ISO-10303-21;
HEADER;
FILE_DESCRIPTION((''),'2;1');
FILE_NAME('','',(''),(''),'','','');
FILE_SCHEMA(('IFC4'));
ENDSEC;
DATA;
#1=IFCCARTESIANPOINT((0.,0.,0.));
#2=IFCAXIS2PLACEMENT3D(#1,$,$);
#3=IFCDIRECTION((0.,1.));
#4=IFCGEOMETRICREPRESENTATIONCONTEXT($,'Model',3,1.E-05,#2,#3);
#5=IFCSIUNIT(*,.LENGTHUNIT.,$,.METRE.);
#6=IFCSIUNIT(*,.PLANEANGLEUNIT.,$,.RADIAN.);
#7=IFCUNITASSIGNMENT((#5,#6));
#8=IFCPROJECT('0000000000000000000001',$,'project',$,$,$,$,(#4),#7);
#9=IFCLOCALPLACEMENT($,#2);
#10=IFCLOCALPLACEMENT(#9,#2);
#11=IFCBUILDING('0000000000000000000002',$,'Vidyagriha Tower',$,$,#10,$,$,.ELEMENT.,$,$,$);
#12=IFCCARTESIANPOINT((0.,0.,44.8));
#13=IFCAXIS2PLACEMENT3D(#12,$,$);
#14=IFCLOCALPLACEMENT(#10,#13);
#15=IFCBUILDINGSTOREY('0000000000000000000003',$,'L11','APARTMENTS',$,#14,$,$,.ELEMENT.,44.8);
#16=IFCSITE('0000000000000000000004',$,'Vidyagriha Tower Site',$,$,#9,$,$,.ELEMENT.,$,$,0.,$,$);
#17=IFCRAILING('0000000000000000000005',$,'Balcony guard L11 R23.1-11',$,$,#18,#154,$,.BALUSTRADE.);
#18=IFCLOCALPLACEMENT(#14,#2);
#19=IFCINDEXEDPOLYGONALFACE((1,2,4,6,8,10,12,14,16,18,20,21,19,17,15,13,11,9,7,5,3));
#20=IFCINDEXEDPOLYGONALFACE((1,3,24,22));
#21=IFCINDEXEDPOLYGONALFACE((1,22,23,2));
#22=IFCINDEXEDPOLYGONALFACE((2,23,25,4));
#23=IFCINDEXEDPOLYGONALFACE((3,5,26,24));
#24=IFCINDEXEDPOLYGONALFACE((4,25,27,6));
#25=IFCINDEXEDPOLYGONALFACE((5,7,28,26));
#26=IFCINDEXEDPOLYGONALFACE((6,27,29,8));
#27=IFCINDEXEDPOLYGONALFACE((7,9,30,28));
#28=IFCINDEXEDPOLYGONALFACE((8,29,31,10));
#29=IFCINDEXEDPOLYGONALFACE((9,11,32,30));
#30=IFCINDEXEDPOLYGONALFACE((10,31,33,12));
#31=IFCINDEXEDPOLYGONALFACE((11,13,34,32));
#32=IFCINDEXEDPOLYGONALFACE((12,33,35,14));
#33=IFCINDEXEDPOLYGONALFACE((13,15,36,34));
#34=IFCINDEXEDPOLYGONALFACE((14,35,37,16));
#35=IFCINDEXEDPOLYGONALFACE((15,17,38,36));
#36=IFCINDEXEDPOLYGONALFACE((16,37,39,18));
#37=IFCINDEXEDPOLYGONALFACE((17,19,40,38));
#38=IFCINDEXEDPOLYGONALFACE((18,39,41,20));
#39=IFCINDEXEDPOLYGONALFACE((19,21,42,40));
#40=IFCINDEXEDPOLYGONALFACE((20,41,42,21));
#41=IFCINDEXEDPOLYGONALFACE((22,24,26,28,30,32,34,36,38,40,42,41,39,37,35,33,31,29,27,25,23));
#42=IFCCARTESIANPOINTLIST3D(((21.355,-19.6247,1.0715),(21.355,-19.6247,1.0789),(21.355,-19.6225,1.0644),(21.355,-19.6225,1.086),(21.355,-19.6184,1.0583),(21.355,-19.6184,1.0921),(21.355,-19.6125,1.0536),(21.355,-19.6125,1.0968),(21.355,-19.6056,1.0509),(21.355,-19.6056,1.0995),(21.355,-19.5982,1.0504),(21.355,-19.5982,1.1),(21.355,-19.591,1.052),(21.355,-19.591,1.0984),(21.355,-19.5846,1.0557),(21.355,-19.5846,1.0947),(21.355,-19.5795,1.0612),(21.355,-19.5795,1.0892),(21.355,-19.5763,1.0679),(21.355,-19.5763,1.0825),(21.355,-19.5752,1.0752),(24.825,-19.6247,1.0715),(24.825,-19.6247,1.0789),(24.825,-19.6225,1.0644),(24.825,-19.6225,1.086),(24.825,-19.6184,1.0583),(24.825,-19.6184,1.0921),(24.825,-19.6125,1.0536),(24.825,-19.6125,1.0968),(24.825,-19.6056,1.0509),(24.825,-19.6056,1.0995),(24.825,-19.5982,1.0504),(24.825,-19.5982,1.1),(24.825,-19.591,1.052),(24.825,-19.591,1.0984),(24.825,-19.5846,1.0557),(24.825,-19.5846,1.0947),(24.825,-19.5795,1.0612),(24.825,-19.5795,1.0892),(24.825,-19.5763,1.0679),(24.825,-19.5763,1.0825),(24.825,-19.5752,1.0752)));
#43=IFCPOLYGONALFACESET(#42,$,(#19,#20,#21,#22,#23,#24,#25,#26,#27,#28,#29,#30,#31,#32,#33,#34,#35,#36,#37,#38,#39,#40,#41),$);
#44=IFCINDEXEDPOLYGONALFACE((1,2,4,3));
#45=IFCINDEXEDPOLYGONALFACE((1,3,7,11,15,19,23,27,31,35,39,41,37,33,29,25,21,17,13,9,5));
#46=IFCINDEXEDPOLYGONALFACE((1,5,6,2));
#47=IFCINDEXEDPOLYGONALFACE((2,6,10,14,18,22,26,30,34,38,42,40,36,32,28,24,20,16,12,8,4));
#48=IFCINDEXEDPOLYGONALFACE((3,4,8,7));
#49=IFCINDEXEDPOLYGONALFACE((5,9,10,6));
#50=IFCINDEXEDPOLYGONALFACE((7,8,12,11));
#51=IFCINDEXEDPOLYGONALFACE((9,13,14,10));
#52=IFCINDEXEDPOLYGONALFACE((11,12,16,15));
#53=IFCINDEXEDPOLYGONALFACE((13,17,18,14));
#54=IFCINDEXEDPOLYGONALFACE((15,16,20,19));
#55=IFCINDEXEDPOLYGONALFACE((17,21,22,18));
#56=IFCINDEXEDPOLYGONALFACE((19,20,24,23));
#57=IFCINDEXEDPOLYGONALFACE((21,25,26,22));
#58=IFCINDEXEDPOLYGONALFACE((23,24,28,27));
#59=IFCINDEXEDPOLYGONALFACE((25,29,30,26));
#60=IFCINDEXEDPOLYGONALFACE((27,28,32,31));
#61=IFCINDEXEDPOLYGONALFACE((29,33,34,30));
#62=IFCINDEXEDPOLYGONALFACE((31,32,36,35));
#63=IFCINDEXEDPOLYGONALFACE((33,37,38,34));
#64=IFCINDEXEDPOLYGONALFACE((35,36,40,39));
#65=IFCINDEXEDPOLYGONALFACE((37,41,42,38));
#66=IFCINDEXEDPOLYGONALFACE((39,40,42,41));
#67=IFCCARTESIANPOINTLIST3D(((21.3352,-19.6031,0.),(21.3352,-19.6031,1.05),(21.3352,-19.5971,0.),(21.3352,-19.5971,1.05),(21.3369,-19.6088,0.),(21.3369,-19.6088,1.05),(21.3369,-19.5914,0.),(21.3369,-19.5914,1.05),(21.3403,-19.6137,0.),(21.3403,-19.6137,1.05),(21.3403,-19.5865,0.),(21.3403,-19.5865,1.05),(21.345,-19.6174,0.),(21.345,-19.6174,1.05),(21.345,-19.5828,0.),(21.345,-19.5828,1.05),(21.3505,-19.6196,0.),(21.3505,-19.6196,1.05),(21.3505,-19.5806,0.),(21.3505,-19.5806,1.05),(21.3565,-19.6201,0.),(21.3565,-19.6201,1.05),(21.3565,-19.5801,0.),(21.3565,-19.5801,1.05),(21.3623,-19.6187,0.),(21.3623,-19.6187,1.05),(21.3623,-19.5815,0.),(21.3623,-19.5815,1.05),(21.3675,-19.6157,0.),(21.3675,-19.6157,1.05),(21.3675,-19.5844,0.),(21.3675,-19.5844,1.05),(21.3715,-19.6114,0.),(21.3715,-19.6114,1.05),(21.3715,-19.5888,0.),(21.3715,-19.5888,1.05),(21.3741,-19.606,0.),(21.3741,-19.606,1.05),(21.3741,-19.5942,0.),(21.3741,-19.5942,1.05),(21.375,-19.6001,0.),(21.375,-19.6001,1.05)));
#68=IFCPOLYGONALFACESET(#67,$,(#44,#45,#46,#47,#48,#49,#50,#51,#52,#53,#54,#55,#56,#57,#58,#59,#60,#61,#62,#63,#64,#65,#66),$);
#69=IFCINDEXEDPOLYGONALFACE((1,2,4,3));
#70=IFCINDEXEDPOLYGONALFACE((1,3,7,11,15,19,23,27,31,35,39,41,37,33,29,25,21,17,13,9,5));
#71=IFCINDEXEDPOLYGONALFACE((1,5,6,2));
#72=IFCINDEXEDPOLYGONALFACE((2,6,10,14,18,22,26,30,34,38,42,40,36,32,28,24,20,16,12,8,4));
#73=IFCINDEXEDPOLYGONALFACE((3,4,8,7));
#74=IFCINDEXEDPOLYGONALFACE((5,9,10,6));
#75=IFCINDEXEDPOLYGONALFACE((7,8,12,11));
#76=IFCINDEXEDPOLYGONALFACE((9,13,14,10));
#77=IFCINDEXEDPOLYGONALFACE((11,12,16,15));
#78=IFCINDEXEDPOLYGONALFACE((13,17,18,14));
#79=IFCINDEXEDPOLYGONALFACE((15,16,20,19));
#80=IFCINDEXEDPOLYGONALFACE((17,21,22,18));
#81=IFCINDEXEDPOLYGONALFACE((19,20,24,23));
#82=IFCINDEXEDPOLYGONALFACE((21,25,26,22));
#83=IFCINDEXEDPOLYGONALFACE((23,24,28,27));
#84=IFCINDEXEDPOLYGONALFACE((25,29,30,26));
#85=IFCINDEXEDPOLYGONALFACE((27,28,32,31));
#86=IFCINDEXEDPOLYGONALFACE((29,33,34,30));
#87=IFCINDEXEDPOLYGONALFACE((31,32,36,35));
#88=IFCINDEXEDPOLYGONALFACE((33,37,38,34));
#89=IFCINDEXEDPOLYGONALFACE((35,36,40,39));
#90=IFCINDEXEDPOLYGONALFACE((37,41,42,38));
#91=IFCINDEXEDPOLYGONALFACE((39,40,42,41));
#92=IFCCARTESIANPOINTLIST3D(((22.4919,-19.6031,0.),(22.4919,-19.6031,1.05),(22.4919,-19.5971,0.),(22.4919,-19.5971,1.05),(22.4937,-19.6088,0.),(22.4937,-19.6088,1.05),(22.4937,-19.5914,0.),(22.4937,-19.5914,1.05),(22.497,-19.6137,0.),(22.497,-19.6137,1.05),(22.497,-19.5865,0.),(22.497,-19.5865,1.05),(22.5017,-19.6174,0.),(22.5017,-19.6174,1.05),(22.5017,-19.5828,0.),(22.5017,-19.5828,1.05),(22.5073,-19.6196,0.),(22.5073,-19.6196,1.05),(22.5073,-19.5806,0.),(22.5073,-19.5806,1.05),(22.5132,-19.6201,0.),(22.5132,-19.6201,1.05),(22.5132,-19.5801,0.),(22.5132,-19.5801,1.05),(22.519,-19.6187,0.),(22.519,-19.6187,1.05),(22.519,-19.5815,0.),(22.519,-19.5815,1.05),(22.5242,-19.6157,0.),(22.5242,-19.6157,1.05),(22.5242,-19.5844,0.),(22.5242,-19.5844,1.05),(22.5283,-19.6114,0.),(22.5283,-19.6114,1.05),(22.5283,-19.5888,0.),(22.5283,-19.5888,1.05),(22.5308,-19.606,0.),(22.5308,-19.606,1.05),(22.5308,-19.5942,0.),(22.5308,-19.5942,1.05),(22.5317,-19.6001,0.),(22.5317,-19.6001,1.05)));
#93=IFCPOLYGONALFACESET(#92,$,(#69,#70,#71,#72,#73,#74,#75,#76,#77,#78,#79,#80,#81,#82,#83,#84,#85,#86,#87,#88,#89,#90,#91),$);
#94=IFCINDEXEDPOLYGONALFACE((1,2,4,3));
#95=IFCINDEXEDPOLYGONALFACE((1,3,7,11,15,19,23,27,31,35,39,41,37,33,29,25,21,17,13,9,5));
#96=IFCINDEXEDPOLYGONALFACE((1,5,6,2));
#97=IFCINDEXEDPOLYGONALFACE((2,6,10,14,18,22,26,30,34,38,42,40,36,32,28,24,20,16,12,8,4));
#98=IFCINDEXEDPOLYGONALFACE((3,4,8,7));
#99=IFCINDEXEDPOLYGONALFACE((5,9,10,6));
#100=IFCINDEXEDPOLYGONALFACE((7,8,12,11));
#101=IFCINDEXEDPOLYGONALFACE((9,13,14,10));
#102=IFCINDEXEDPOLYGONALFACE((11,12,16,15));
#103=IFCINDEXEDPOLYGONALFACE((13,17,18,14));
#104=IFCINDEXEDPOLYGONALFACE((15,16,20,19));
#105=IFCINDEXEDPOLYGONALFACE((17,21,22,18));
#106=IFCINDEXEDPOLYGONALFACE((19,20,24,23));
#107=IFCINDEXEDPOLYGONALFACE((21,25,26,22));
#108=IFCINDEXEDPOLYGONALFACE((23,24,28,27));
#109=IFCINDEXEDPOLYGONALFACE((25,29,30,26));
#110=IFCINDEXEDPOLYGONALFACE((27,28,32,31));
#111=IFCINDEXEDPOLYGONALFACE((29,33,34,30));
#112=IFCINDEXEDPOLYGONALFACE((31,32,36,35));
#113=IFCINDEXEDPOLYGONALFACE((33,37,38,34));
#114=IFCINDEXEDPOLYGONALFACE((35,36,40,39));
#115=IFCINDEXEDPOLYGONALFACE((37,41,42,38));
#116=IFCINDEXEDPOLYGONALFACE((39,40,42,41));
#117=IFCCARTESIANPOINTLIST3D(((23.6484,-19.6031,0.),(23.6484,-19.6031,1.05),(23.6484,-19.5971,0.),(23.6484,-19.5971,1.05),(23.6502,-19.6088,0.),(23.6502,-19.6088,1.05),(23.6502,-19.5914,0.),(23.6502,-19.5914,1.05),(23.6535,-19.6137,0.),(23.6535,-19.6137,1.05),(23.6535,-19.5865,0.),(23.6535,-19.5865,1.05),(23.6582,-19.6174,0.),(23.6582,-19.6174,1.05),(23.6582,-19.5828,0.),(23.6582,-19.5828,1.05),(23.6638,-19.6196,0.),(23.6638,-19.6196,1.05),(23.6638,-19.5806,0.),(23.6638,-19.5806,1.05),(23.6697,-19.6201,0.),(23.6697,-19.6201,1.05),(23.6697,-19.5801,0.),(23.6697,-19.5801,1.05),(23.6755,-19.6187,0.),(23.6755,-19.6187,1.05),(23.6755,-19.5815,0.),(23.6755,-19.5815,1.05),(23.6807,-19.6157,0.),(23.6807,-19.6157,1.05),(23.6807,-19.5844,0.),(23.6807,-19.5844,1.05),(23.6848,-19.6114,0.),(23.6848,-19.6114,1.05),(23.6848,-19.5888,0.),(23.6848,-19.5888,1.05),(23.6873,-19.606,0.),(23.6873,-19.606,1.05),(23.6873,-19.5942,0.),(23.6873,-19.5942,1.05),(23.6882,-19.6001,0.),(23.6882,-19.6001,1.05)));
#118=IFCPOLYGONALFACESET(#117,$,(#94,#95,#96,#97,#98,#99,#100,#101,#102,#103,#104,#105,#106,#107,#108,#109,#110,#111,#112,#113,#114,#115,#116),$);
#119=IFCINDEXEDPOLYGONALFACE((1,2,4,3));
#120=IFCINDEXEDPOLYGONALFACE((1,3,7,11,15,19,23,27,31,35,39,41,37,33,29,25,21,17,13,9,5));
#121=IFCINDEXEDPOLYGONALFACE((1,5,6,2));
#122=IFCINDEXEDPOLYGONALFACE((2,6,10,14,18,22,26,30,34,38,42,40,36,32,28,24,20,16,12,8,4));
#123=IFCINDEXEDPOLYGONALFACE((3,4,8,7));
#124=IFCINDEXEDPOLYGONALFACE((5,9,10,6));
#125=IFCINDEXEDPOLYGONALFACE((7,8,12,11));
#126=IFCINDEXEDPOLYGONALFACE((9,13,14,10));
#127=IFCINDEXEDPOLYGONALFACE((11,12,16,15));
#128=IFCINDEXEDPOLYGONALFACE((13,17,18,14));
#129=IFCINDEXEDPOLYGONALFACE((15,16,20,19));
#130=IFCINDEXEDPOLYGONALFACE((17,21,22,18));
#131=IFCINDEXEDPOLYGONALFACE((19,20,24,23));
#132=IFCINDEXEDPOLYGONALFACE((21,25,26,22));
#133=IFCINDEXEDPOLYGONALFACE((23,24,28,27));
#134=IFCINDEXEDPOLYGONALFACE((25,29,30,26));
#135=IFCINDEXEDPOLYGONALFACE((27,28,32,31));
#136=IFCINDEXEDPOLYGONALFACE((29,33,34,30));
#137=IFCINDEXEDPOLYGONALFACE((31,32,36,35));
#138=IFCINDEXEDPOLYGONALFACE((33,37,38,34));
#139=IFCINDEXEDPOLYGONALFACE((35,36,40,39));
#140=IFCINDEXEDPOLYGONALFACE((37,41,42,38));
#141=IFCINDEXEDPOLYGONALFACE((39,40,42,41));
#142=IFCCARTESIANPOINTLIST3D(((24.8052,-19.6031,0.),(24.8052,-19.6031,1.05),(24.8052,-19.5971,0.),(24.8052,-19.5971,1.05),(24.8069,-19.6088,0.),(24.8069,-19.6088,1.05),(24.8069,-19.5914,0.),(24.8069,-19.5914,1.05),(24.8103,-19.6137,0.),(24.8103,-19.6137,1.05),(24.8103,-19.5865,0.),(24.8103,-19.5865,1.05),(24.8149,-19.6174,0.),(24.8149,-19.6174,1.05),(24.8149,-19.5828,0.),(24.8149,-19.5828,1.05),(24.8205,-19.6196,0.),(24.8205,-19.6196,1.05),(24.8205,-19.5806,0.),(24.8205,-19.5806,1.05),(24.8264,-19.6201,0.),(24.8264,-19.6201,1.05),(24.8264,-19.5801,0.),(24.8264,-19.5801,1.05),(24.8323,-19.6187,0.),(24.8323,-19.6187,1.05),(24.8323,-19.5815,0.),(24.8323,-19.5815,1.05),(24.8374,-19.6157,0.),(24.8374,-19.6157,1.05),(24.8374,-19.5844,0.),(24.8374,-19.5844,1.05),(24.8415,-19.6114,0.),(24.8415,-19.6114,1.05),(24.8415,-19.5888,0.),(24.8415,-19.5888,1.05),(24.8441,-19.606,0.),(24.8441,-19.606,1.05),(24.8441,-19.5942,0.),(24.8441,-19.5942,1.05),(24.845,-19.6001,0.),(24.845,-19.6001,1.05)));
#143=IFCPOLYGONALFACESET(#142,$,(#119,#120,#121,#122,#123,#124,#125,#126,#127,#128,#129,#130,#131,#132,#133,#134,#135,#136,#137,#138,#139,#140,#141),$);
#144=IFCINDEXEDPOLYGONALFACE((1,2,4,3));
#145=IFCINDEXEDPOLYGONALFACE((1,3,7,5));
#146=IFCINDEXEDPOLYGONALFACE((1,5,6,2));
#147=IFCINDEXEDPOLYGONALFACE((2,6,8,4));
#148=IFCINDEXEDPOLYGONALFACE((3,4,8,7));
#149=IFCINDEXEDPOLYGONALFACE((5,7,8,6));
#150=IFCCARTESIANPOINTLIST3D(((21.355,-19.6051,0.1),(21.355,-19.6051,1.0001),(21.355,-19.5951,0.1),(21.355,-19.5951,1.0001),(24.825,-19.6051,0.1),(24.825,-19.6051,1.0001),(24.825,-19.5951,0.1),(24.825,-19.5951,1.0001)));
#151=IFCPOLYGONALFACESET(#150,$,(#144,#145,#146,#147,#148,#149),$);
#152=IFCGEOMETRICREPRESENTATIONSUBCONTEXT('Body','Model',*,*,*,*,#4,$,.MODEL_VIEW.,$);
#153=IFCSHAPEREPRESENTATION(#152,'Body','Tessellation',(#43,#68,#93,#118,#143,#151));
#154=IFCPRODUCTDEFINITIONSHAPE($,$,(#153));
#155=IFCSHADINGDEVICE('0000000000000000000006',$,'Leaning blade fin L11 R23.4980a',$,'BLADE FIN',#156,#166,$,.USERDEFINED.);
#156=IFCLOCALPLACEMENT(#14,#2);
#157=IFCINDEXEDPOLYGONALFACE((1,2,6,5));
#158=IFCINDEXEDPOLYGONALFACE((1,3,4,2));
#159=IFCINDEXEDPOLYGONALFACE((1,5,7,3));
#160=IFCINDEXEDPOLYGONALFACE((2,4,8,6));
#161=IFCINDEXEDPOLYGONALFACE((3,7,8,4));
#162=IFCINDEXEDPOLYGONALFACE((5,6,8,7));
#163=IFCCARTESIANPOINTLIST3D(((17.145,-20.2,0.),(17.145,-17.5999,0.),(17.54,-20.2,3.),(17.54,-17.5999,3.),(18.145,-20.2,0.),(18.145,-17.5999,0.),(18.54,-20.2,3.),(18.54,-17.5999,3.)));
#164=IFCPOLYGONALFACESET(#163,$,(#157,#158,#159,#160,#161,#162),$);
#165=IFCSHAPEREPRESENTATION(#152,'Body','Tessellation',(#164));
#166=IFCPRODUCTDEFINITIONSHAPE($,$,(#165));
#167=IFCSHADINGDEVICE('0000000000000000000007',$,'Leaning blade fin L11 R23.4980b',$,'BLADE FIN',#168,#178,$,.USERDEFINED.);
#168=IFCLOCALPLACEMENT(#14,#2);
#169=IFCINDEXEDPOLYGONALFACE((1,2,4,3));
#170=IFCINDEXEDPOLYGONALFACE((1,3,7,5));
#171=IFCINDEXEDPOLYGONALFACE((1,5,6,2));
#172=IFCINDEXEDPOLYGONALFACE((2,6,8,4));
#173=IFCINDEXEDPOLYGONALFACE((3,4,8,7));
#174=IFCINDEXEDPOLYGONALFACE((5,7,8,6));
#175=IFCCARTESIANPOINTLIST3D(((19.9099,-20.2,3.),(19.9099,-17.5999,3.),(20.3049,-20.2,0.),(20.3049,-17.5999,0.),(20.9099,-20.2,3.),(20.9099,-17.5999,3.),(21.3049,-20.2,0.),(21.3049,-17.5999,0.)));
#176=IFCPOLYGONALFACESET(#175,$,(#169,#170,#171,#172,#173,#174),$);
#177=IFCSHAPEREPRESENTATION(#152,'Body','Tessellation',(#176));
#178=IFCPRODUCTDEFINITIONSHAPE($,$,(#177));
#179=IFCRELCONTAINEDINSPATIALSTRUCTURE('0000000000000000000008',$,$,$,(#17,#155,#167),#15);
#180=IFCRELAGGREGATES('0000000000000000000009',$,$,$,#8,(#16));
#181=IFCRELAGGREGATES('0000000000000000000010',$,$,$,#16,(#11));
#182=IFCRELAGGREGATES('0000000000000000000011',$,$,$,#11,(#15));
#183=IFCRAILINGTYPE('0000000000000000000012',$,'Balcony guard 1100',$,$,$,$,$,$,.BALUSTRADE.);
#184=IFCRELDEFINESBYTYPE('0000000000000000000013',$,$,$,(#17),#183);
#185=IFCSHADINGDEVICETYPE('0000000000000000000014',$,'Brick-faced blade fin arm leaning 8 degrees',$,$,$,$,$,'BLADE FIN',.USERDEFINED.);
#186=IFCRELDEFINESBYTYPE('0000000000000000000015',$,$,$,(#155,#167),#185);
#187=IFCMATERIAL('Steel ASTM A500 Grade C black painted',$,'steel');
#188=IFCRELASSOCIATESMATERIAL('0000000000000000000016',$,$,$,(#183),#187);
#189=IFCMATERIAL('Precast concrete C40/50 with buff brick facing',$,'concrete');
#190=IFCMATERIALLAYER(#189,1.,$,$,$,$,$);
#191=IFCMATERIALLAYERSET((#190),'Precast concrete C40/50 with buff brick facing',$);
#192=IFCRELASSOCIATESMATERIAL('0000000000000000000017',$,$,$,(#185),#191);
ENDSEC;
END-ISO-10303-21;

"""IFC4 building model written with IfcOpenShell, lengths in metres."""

from ifc_helpers import new_model, si_unit, direction, frame, origin, origin_2d, place, context, subcontext, project, spatial, polyline, rectangle, circle, outline, extrude, material, layer, layer_set, type_object, element, save


model = new_model("IFC4")

# Units and contexts
model_context = context("Model", 3, precision=1e-05, world=origin(), true_north=direction((0.0, 1.0)))
body_context = subcontext(model_context, "Body", "Model", "MODEL_VIEW")
ifc_project = project(units=[si_unit("LENGTHUNIT", "METRE"), si_unit("PLANEANGLEUNIT", "RADIAN")], contexts=[model_context])

# Site, building, storey
site_placement = place(None, origin())
site = spatial("IfcSite", under=ifc_project, at=site_placement, Name="Vidyagriha Tower Site", CompositionType="ELEMENT", RefElevation=0.0)
building_placement = place(site_placement, origin())
building = spatial("IfcBuilding", under=site, at=building_placement, Name="Vidyagriha Tower", CompositionType="ELEMENT")
storey_placement = place(building_placement, frame((0.0, 0.0, 44.8)))
storey = spatial("IfcBuildingStorey", under=building, at=storey_placement, Name="L11", Description="APARTMENTS", CompositionType="ELEMENT", Elevation=44.8)

# Railing
ifc_material_1 = material(Name="Steel ASTM A500 Grade C black painted", Category="steel")
railing_type = type_object("IfcRailingType", Name="Balcony guard 1100", PredefinedType="BALUSTRADE", material=ifc_material_1)
railing_1_placement = place(storey_placement, frame((21.355, -19.6001, 0.0)))
element("IfcRailing", 1, at=railing_1_placement, inside=storey, type_object=railing_type, Name="Balcony guard L11 R23.1-11", PredefinedType="BALUSTRADE", context=body_context, shape_type="SweptSolid", body=[
    extrude(circle(Radius=0.0249, at=origin_2d()), frame((0.0, 0.0, 1.0752), z_axis=(1.0, 0.0, 0.0), x_axis=(0.0, 1.0, 0.0)), (0.0, 0.0, 1.0), 3.47),
    extrude(circle(Radius=0.02, at=origin_2d()), origin(), (0.0, 0.0, 1.0), 1.05),
    extrude(circle(Radius=0.02, at=origin_2d()), frame((1.1567, 0.0, 0.0)), (0.0, 0.0, 1.0), 1.05),
    extrude(circle(Radius=0.02, at=origin_2d()), frame((2.3132, 0.0, 0.0)), (0.0, 0.0, 1.0), 1.05),
    extrude(circle(Radius=0.02, at=origin_2d()), frame((3.47, 0.0, 0.0)), (0.0, 0.0, 1.0), 1.05),
    extrude(rectangle(XDim=0.01, YDim=0.9001, at=origin_2d()), frame((0.0, 0.0, 0.55), z_axis=(1.0, 0.0, 0.0), x_axis=(0.0, 1.0, 0.0)), (0.0, 0.0, 1.0), 3.47),
])

# Shading devices
ifc_material_2 = material(Name="Precast concrete C40/50 with buff brick facing", Category="concrete")
ifc_layer_1 = layer(ifc_material_2, 1.0)
ifc_layer_set_1 = layer_set([ifc_layer_1], Name="Precast concrete C40/50 with buff brick facing")
shading_device_type = type_object("IfcShadingDeviceType", Name="Brick-faced blade fin arm leaning 8 degrees", ElementType="BLADE FIN", PredefinedType="USERDEFINED", material=ifc_layer_set_1)
shading_device_1_placement = place(storey_placement, frame((17.145, -18.8999, 0.0)))
element("IfcShadingDevice", 2, at=shading_device_1_placement, inside=storey, type_object=shading_device_type, Name="Leaning blade fin L11 R23.4980a", ObjectType="BLADE FIN", PredefinedType="USERDEFINED", context=body_context, shape_type="SweptSolid", body=[
    extrude(outline(polyline([(0.0, 0.0), (1.0, 0.0), (1.395, 3.0), (0.395, 3.0), (0.0, 0.0)])), frame((0.0, 1.3, 0.0), z_axis=(0.0, -1.0, 0.0), x_axis=(1.0, 0.0, 0.0)), (0.0, 0.0, 1.0), 2.6001),
])
shading_device_2_placement = place(storey_placement, frame((19.9099, -18.8999, 0.0)))
element("IfcShadingDevice", 3, at=shading_device_2_placement, inside=storey, type_object=shading_device_type, Name="Leaning blade fin L11 R23.4980b", ObjectType="BLADE FIN", PredefinedType="USERDEFINED", context=body_context, shape_type="SweptSolid", body=[
    extrude(outline(polyline([(0.395, 0.0), (1.395, 0.0), (1.0, 3.0), (0.0, 3.0), (0.395, 0.0)])), frame((0.0, 1.3, 0.0), z_axis=(0.0, -1.0, 0.0), x_axis=(1.0, 0.0, 0.0)), (0.0, 0.0, 1.0), 2.6001),
])

save(model, "model.ifc")
